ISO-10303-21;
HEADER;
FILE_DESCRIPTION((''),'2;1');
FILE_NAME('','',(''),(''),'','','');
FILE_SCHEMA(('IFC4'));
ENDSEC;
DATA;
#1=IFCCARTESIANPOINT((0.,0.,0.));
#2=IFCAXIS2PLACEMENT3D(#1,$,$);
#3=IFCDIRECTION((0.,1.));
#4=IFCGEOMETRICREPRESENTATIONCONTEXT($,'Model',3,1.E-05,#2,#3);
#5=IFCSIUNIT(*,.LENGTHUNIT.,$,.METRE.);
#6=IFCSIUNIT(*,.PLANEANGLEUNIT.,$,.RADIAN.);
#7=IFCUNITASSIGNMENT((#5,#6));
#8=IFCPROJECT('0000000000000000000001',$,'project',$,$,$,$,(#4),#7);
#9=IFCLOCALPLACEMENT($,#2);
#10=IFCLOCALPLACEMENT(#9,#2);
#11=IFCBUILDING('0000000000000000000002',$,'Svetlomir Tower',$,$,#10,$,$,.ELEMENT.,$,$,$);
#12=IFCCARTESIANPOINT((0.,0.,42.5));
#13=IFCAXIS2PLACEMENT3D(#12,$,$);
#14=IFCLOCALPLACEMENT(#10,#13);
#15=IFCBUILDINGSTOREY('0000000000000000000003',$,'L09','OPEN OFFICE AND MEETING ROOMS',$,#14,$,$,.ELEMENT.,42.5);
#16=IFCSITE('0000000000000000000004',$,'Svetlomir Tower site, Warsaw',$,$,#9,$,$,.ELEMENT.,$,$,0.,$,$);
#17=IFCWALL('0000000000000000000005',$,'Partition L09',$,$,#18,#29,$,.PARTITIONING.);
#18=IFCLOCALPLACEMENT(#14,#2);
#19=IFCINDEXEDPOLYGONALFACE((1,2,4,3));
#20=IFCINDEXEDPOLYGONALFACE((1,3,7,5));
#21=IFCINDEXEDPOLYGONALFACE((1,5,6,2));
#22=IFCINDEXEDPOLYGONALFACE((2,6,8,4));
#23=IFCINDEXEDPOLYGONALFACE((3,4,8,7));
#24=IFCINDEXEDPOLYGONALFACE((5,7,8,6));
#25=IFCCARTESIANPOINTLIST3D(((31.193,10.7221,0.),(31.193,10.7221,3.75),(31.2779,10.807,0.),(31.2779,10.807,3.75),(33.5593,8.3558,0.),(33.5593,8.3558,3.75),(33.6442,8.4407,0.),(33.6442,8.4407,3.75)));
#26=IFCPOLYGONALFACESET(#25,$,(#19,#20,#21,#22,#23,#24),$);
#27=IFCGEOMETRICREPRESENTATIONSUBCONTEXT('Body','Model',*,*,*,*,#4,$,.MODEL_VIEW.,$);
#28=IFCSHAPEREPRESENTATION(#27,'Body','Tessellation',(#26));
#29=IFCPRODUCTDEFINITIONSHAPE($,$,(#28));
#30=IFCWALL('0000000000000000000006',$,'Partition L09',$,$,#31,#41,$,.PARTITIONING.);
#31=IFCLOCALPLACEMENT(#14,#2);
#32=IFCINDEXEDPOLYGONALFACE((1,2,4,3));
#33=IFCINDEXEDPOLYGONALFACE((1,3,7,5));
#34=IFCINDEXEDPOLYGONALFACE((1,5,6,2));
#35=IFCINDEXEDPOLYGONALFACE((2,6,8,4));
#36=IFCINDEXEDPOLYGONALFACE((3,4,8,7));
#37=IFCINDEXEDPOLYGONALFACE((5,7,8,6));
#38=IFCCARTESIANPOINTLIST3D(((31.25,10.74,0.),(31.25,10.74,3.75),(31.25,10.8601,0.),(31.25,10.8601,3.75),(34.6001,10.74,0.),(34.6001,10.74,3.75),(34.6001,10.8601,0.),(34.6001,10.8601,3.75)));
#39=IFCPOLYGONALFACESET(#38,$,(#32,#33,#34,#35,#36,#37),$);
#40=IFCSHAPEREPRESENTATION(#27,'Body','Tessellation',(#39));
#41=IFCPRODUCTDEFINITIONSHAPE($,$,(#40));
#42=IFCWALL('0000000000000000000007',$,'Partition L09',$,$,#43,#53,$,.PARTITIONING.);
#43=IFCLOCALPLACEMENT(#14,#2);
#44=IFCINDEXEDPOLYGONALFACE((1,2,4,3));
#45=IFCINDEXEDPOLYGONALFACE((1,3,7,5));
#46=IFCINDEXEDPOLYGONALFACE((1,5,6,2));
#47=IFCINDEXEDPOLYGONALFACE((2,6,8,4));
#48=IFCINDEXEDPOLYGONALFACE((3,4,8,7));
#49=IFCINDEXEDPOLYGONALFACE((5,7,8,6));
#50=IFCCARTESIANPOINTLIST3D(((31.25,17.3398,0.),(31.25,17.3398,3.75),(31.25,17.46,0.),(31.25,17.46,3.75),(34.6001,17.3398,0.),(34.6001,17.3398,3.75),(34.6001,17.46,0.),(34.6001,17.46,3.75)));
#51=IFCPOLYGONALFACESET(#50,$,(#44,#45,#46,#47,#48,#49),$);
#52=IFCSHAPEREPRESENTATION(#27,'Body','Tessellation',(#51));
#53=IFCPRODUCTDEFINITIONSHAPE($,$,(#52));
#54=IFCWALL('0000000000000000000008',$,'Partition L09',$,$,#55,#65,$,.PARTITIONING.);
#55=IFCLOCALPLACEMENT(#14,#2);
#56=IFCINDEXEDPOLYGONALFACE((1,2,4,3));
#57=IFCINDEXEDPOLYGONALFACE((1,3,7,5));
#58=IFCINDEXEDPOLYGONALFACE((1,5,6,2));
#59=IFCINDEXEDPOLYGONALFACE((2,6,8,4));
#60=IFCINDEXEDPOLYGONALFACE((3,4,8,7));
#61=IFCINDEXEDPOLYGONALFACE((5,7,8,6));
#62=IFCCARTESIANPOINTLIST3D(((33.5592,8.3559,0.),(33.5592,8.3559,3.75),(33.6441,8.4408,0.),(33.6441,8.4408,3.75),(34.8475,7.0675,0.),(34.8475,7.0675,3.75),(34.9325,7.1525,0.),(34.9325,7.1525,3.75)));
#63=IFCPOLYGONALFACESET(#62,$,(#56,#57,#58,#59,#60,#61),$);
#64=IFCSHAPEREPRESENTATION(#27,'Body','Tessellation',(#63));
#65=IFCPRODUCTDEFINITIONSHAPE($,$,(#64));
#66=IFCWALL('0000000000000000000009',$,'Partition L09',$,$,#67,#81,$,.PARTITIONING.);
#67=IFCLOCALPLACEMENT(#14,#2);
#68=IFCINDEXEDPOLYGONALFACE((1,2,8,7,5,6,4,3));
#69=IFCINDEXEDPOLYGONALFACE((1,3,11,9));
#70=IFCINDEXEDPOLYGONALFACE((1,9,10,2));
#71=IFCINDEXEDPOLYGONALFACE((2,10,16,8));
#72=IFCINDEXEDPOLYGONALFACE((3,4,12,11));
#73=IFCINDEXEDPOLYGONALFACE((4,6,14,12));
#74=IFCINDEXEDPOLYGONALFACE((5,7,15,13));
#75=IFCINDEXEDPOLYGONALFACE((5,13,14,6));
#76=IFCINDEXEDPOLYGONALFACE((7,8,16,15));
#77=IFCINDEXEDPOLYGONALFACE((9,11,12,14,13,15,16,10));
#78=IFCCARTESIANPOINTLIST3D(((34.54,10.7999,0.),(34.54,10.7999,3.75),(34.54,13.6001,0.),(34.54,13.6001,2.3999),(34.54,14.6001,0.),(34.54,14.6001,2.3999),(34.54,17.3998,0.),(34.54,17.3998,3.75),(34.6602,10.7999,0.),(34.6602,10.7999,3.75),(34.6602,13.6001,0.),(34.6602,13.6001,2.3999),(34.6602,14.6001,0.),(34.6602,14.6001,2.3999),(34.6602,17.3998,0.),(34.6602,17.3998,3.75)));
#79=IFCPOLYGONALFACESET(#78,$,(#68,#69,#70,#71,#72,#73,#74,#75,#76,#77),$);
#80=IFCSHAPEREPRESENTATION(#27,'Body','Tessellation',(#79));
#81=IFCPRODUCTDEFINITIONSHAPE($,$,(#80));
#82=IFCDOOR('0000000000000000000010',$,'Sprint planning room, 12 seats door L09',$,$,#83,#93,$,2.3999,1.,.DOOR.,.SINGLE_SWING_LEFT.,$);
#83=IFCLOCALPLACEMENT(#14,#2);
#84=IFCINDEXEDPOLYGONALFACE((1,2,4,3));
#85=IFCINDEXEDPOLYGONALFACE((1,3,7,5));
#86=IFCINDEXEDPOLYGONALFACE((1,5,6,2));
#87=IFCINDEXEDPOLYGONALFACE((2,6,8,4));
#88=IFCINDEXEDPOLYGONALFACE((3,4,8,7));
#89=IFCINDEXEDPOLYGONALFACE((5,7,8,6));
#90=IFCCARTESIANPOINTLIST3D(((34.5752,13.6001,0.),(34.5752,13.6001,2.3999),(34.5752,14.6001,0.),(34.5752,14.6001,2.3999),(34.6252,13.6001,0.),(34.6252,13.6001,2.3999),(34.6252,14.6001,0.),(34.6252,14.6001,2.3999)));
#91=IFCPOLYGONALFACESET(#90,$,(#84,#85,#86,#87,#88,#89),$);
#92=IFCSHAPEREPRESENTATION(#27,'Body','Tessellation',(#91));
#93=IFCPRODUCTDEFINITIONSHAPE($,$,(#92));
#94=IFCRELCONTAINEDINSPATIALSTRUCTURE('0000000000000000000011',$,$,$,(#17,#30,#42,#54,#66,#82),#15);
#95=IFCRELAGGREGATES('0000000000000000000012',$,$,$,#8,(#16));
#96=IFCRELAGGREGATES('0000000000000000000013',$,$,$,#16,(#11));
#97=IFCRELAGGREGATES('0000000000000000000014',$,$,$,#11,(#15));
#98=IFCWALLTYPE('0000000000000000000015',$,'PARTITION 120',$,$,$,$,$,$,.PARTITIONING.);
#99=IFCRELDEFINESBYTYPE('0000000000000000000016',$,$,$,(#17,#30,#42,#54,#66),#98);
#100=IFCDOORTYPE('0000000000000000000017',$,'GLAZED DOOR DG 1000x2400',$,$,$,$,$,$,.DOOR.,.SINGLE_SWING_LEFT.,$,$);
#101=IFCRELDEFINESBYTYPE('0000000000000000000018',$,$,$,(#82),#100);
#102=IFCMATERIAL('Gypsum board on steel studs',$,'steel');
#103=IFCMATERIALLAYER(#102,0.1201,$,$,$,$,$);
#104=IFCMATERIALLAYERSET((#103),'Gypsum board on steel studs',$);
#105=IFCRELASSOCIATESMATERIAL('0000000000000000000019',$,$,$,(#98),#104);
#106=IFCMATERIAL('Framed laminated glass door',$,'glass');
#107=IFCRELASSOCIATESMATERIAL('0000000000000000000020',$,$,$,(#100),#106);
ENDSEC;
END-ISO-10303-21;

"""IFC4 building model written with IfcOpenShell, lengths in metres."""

from ifc_helpers import new_model, si_unit, direction, frame, frame_2d, origin, place, context, subcontext, project, spatial, rectangle, extrude, material, layer, layer_set, type_object, element, fill, save


model = new_model("IFC4")

# Units and contexts
model_context = context("Model", 3, precision=1e-05, world=origin(), true_north=direction((0.0, 1.0)))
body_context = subcontext(model_context, "Body", "Model", "MODEL_VIEW")
ifc_project = project(units=[si_unit("LENGTHUNIT", "METRE"), si_unit("PLANEANGLEUNIT", "RADIAN")], contexts=[model_context])

# Site, building, storey
site_placement = place(None, origin())
site = spatial("IfcSite", under=ifc_project, at=site_placement, Name="Svetlomir Tower site, Warsaw", CompositionType="ELEMENT", RefElevation=0.0)
building_placement = place(site_placement, origin())
building = spatial("IfcBuilding", under=site, at=building_placement, Name="Svetlomir Tower", CompositionType="ELEMENT")
storey_placement = place(building_placement, frame((0.0, 0.0, 42.5)))
storey = spatial("IfcBuildingStorey", under=building, at=storey_placement, Name="L09", Description="OPEN OFFICE AND MEETING ROOMS", CompositionType="ELEMENT", Elevation=42.5)

# Walls
ifc_material_1 = material(Name="Gypsum board on steel studs", Category="steel")
ifc_layer_1 = layer(ifc_material_1, 0.1201)
ifc_layer_set_1 = layer_set([ifc_layer_1], Name="Gypsum board on steel studs")
wall_type_1 = type_object("IfcWallType", Name="PARTITION 120", PredefinedType="PARTITIONING", material=ifc_layer_set_1)
wall_1_placement = place(storey_placement, frame((31.2354, 10.7646, 0.0), z_axis=(0.0, 0.0, 1.0), x_axis=(0.707107, -0.707107, 0.0)))
element("IfcWall", 1, at=wall_1_placement, inside=storey, type_object=wall_type_1, Name="Partition L09", PredefinedType="PARTITIONING", context=body_context, shape_type="SweptSolid", body=[
    extrude(rectangle(XDim=3.3464, YDim=0.1201, at=frame_2d((1.6733, 0.0))), origin(), (0.0, 0.0, 1.0), 3.75),
])
for number, where, z_axis, x_axis, name in (
    (2, (31.25, 10.8, 0.0), (0.0, 0.0, 1.0), (1.0, 0.0, 0.0), "Partition L09"),
    (3, (31.25, 17.3999, 0.0), (0.0, 0.0, 1.0), (1.0, 0.0, 0.0), "Partition L09"),
):
    element("IfcWall", number, at=place(storey_placement, frame(where, z_axis=z_axis, x_axis=x_axis)), inside=storey, type_object=wall_type_1, Name=name, PredefinedType="PARTITIONING", context=body_context, shape_type="SweptSolid", body=[
        extrude(rectangle(XDim=3.3501, YDim=0.1201, at=frame_2d((1.675, 0.0))), origin(), (0.0, 0.0, 1.0), 3.75),
    ])
wall_2_placement = place(storey_placement, frame((33.6016, 8.3984, 0.0), z_axis=(0.0, 0.0, 1.0), x_axis=(0.707107, -0.707107, 0.0)))
element("IfcWall", 4, at=wall_2_placement, inside=storey, type_object=wall_type_1, Name="Partition L09", PredefinedType="PARTITIONING", context=body_context, shape_type="SweptSolid", body=[
    extrude(rectangle(XDim=1.822, YDim=0.1201, at=frame_2d((0.9111, 0.0))), origin(), (0.0, 0.0, 1.0), 3.75),
])

# Wall, opening, door
wall_3_placement = place(storey_placement, frame((34.6001, 10.8, 0.0), z_axis=(0.0, 0.0, 1.0), x_axis=(0.0, 1.0, 0.0)))
wall_3 = element("IfcWall", 5, at=wall_3_placement, inside=storey, type_object=wall_type_1, Name="Partition L09", PredefinedType="PARTITIONING", context=body_context, shape_type="SweptSolid", body=[
    extrude(rectangle(XDim=6.5999, YDim=0.1201, at=frame_2d((3.2998, 0.0))), origin(), (0.0, 0.0, 1.0), 3.75),
])
opening_1_placement = place(wall_3_placement, frame((2.8, 0.0, 0.0)))
opening_1 = element("IfcOpeningElement", 6, at=opening_1_placement, cuts=wall_3, PredefinedType="OPENING", context=body_context, shape_type="SweptSolid", body=[
    extrude(rectangle(XDim=1.0, YDim=2.3999, at=frame_2d((0.5, 1.2))), frame((0.0, 0.0701, 0.0), z_axis=(0.0, -1.0, 0.0), x_axis=(1.0, 0.0, 0.0)), (0.0, 0.0, 1.0), 0.1401),
])
ifc_material_2 = material(Name="Framed laminated glass door", Category="glass")
door_type_1 = type_object("IfcDoorType", Name="GLAZED DOOR DG 1000x2400", OperationType="SINGLE_SWING_LEFT", PredefinedType="DOOR", material=ifc_material_2)
door_1_placement = place(opening_1_placement, origin())
door_1 = element("IfcDoor", 7, at=door_1_placement, inside=storey, type_object=door_type_1, Name="Sprint planning room, 12 seats door L09", OperationType="SINGLE_SWING_LEFT", OverallHeight=2.3999, OverallWidth=1.0, PredefinedType="DOOR", context=body_context, shape_type="SweptSolid", body=[
    extrude(rectangle(XDim=1.0, YDim=2.3999, at=frame_2d((0.5, 1.2))), frame((0.0, 0.0249, 0.0), z_axis=(0.0, -1.0, 0.0), x_axis=(1.0, 0.0, 0.0)), (0.0, 0.0, 1.0), 0.05),
])
fill(opening_1, door_1)

save(model, "model.ifc")
